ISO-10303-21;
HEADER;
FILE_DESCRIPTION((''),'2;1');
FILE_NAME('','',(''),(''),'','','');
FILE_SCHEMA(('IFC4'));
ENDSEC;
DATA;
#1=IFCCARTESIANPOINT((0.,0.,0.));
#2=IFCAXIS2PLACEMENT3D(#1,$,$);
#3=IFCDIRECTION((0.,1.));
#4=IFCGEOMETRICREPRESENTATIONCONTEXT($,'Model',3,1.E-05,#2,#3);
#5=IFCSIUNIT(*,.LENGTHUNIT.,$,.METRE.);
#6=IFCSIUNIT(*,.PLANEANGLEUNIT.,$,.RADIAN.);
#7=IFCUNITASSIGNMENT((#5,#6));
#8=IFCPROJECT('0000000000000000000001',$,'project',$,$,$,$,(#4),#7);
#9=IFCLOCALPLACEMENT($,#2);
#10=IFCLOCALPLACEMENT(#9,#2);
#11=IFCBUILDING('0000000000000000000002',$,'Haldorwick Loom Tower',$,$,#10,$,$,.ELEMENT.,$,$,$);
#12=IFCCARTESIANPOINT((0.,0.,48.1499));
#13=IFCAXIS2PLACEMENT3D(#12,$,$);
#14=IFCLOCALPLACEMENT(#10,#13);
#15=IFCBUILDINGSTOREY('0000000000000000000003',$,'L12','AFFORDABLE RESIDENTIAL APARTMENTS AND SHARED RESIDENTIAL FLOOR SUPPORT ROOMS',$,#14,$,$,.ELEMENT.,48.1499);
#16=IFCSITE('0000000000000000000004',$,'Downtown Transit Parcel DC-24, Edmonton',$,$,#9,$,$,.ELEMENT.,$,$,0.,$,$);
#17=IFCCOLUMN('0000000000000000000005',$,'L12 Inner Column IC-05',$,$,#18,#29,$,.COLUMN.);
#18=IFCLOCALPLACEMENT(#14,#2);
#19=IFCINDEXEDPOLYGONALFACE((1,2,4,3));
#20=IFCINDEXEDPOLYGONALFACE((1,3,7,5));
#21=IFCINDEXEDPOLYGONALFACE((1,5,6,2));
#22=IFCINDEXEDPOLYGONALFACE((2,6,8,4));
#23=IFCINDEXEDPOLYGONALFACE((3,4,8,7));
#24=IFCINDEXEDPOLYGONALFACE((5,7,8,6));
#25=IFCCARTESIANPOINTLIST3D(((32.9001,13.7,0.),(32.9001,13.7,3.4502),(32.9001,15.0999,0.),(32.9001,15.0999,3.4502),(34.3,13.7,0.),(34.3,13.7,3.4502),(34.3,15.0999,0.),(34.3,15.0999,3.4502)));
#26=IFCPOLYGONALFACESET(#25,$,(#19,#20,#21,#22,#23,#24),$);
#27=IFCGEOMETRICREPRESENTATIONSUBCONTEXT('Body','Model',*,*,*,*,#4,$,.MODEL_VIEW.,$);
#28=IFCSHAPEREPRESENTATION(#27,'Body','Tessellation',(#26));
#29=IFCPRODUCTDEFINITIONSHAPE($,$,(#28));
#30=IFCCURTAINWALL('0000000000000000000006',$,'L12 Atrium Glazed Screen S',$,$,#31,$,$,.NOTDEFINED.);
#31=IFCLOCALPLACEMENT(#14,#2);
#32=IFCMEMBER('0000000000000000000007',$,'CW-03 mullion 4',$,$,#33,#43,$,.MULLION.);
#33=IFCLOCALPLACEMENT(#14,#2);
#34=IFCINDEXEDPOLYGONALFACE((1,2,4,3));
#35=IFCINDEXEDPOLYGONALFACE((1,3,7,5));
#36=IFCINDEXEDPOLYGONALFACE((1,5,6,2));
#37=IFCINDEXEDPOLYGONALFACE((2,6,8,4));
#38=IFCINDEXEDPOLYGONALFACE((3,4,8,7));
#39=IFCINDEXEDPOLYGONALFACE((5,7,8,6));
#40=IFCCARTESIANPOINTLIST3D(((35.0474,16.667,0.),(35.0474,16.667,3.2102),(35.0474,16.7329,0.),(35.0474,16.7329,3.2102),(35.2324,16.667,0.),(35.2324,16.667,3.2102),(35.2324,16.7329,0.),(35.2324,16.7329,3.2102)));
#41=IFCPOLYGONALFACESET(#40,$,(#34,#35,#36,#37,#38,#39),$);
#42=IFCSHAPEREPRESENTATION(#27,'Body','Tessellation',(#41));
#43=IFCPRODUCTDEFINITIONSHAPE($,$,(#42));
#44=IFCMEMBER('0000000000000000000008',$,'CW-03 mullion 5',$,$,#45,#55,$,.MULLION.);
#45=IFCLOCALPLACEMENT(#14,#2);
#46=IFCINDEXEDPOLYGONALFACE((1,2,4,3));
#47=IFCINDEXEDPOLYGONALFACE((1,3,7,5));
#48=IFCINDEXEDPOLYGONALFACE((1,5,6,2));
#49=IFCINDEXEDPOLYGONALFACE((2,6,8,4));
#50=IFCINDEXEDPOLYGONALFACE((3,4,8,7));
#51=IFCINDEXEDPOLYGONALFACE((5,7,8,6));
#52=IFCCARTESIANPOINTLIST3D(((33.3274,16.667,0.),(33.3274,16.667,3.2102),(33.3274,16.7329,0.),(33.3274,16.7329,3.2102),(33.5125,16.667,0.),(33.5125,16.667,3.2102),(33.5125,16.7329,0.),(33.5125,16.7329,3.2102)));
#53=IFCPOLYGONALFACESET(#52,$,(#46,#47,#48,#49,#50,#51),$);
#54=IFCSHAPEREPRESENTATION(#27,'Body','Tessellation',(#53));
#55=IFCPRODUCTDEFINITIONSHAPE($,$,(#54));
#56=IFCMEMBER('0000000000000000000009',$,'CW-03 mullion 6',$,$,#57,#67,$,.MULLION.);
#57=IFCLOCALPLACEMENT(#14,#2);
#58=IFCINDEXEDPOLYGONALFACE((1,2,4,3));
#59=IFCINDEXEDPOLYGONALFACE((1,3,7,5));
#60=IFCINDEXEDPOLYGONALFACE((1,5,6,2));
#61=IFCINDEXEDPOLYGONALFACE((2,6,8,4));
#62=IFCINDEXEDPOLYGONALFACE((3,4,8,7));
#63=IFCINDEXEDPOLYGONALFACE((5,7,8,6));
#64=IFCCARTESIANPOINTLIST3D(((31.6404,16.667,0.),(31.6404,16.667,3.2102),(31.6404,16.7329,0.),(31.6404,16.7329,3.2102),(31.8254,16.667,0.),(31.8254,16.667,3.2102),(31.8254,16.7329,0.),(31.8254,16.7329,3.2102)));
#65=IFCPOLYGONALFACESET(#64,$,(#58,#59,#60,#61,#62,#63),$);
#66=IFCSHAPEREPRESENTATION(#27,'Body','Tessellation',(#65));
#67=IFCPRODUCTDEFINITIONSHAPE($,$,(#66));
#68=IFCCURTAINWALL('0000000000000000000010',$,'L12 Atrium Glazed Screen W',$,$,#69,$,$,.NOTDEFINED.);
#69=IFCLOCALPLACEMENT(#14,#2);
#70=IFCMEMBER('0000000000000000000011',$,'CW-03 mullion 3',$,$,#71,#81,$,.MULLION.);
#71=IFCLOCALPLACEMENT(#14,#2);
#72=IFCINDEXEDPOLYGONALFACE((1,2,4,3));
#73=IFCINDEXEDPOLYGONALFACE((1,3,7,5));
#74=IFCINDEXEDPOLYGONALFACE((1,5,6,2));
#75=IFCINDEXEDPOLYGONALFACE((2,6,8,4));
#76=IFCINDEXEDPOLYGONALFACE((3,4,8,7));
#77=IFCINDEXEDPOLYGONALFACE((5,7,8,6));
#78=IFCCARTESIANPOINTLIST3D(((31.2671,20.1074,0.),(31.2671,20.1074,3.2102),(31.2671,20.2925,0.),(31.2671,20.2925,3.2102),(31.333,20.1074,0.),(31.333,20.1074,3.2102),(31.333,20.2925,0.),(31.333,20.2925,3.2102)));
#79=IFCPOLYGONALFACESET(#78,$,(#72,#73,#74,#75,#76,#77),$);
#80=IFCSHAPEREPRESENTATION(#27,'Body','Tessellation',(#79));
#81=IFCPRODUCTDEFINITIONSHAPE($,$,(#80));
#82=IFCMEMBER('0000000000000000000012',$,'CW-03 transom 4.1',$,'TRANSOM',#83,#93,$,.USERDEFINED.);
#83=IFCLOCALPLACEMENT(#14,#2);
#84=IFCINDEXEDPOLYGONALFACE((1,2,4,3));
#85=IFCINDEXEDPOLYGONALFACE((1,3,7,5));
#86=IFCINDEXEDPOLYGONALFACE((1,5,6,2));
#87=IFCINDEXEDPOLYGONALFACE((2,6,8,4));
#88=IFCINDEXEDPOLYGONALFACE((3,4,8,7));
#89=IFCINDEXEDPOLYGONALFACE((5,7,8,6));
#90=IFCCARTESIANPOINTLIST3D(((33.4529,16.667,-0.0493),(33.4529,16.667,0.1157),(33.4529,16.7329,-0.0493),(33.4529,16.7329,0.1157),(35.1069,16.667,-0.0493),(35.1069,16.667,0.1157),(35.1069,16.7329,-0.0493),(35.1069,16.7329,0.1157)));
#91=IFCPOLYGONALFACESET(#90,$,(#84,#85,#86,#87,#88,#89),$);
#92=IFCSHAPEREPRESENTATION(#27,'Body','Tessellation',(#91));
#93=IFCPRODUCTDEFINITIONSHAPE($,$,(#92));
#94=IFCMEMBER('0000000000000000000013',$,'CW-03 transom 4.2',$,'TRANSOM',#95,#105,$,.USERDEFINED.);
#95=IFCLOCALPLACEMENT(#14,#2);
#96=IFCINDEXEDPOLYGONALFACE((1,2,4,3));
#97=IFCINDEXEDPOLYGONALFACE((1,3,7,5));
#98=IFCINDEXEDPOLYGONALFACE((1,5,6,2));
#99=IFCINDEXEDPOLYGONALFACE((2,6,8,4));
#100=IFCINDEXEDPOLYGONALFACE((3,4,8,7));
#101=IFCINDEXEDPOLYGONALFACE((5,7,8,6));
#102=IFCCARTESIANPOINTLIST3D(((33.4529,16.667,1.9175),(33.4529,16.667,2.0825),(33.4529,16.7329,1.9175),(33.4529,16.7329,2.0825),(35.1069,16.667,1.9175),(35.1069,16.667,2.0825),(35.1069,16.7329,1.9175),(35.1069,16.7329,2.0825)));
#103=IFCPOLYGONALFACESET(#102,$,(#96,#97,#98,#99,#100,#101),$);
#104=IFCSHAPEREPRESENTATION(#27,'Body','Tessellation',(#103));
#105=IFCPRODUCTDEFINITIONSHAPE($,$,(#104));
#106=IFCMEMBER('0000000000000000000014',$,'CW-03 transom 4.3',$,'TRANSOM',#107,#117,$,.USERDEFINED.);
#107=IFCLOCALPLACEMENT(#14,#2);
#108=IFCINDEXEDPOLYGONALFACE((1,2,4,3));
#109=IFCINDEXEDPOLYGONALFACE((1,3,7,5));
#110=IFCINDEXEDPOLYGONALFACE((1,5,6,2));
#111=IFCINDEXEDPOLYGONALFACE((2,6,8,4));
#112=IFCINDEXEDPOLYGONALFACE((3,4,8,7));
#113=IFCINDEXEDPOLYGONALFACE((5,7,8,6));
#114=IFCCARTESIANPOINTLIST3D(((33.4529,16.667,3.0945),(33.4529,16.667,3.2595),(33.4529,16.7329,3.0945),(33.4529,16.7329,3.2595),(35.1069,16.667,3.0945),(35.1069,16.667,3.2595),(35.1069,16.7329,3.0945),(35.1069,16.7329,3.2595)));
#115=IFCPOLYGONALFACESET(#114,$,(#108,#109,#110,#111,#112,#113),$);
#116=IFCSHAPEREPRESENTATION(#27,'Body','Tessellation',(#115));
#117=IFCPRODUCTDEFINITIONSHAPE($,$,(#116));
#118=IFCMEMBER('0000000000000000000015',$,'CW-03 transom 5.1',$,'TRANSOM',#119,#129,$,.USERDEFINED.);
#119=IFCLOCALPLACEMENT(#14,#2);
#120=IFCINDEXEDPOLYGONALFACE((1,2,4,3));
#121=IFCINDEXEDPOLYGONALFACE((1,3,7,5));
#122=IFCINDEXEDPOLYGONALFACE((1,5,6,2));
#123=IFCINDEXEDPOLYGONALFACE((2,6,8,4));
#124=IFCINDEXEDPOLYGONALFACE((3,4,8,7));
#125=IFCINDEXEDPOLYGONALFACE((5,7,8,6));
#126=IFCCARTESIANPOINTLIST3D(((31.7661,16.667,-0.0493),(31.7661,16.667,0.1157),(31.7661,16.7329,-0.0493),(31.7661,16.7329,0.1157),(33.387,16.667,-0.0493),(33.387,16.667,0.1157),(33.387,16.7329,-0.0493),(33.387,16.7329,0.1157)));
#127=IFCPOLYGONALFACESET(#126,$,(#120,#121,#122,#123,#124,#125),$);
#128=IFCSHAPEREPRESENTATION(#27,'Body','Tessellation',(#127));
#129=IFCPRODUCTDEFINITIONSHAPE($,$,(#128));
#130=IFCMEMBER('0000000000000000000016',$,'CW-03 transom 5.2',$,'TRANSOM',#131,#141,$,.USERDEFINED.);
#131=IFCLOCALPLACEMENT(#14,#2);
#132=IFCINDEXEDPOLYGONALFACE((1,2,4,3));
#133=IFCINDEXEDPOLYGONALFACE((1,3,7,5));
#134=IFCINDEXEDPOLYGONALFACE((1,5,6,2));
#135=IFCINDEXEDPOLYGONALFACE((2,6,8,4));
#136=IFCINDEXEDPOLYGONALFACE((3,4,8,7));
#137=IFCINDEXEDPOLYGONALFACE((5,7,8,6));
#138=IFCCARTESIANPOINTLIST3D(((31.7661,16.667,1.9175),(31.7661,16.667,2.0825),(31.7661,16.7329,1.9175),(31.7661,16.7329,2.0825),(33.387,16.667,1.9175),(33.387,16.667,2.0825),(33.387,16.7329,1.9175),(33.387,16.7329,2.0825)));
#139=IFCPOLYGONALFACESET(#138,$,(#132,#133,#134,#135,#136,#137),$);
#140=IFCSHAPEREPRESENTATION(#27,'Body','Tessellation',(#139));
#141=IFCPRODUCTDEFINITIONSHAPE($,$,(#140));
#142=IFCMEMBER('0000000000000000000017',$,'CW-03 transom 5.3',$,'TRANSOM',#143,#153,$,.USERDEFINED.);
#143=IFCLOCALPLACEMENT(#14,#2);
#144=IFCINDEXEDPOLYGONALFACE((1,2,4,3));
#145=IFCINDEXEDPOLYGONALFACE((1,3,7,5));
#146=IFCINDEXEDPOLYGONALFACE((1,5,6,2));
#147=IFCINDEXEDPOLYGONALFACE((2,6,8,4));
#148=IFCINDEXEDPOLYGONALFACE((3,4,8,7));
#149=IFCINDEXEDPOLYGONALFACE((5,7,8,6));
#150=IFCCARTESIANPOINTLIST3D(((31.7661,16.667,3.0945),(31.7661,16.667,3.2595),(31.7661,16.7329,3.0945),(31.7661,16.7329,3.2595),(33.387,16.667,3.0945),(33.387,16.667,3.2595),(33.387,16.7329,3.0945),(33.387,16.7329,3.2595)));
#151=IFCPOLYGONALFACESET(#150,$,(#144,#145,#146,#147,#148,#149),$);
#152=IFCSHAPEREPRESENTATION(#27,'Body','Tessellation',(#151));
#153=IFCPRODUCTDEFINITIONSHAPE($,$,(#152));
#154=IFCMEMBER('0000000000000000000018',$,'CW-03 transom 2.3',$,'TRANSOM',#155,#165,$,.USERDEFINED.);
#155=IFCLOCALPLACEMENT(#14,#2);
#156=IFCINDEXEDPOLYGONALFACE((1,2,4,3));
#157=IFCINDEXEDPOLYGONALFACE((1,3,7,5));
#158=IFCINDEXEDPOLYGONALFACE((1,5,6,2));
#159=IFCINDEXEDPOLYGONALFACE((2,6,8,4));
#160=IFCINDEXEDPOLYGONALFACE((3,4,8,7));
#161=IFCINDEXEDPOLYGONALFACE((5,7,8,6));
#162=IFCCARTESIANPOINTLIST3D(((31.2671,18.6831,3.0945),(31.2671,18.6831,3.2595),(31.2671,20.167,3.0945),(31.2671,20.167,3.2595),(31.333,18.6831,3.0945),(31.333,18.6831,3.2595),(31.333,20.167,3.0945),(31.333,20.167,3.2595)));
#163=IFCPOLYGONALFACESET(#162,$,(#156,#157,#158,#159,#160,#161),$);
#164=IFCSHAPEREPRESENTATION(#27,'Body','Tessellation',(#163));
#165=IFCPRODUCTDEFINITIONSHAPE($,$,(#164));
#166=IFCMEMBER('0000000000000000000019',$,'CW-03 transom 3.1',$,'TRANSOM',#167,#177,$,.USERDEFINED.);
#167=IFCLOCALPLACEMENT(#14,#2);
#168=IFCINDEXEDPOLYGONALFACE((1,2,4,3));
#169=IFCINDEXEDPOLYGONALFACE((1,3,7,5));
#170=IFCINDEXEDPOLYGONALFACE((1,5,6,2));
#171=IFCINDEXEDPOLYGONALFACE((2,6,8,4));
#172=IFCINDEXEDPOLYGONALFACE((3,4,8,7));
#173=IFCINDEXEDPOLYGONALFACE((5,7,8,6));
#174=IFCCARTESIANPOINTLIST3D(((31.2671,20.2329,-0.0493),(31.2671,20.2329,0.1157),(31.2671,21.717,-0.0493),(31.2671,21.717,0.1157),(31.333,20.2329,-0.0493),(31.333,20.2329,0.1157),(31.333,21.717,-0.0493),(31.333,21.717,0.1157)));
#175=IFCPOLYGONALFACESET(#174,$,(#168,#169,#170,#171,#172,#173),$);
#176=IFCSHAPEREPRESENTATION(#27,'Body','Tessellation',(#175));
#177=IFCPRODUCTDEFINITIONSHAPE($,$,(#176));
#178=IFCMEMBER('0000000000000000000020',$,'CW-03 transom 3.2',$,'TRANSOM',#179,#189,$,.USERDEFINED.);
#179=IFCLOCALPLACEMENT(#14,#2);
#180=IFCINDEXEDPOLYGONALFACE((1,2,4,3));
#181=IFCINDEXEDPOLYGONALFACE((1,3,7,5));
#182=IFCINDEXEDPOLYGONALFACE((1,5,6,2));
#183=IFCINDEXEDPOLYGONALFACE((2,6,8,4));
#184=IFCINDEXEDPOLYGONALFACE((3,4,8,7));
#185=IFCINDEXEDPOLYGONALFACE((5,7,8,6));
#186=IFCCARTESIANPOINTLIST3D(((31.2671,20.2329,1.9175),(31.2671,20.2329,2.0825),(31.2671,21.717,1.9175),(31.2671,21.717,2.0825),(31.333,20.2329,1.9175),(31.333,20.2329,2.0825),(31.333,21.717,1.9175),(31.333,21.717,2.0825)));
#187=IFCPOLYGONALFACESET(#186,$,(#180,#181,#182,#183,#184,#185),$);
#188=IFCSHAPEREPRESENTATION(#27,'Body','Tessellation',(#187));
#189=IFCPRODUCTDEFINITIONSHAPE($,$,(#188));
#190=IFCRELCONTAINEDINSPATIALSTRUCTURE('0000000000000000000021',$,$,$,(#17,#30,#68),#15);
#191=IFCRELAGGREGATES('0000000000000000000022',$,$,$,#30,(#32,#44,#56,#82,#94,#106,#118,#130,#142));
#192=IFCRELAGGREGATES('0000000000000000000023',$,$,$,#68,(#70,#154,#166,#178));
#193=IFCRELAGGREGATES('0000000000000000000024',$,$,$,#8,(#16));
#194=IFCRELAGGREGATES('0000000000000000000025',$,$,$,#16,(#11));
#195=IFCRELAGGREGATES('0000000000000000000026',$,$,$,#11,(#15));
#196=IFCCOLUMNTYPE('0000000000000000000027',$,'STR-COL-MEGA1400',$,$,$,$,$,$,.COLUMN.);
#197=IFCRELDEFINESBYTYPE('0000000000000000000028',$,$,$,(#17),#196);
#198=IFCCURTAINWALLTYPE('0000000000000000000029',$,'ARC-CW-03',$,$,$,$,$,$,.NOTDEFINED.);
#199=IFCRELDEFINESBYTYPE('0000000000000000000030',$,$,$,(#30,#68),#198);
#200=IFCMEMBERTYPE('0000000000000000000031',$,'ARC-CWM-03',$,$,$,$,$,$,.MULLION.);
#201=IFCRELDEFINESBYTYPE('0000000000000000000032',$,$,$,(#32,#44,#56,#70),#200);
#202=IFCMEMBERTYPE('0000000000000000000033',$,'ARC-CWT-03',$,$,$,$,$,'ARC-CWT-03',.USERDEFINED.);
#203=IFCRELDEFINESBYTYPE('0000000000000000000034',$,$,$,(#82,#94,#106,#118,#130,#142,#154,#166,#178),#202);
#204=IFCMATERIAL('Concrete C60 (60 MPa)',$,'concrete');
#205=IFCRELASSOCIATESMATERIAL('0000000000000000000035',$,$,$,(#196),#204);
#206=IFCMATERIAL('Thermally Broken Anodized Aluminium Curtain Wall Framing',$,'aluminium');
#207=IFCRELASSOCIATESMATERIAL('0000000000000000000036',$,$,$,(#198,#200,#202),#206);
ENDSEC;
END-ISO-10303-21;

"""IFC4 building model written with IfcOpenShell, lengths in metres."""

from ifc_helpers import new_model, si_unit, direction, frame, origin, origin_2d, place, context, subcontext, project, spatial, rectangle, extrude, material, material_profile, profile_set, type_object, element, aggregate, save


model = new_model("IFC4")

# Units and contexts
model_context = context("Model", 3, precision=1e-05, world=origin(), true_north=direction((0.0, 1.0)))
body_context = subcontext(model_context, "Body", "Model", "MODEL_VIEW")
ifc_project = project(units=[si_unit("LENGTHUNIT", "METRE"), si_unit("PLANEANGLEUNIT", "RADIAN")], contexts=[model_context])

# Site, building, storey
site_placement = place(None, origin())
site = spatial("IfcSite", under=ifc_project, at=site_placement, Name="Downtown Transit Parcel DC-24, Edmonton", CompositionType="ELEMENT", RefElevation=0.0)
building_placement = place(site_placement, origin())
building = spatial("IfcBuilding", under=site, at=building_placement, Name="Haldorwick Loom Tower", CompositionType="ELEMENT")
storey_placement = place(building_placement, frame((0.0, 0.0, 48.1499)))
storey = spatial("IfcBuildingStorey", under=building, at=storey_placement, Name="L12", Description="AFFORDABLE RESIDENTIAL APARTMENTS AND SHARED RESIDENTIAL FLOOR SUPPORT ROOMS", CompositionType="ELEMENT", Elevation=48.1499)

# Column
ifc_material_1 = material(Name="Concrete C60 (60 MPa)", Category="concrete")
ifc_material_profile_1 = material_profile(ifc_material_1, rectangle(XDim=1.3999, YDim=1.3999, at=origin_2d()), Name="RC1400X1400", Category="concrete")
ifc_profile_set_1 = profile_set([ifc_material_profile_1], Name="Concrete C60 (60 MPa)")
column_type = type_object("IfcColumnType", Name="STR-COL-MEGA1400", PredefinedType="COLUMN", material=ifc_profile_set_1)
column_placement = place(storey_placement, frame((33.6001, 14.3999, 0.0), z_axis=(0.0, 0.0, 1.0), x_axis=(1.0, 0.0, 0.0)))
element("IfcColumn", 1, at=column_placement, inside=storey, type_object=column_type, Name="L12 Inner Column IC-05", PredefinedType="COLUMN", context=body_context, shape_type="SweptSolid", body=[
    extrude(rectangle(XDim=1.3999, YDim=1.3999, at=origin_2d()), origin(), (0.0, 0.0, 1.0), 3.4502),
])

# Curtain wall, members
ifc_material_2 = material(Name="Thermally Broken Anodized Aluminium Curtain Wall Framing", Category="aluminium")
curtain_wall_type = type_object("IfcCurtainWallType", Name="ARC-CW-03", PredefinedType="NOTDEFINED", material=ifc_material_2)
curtain_wall_1_placement = place(storey_placement, origin())
curtain_wall_1 = element("IfcCurtainWall", 2, at=curtain_wall_1_placement, inside=storey, type_object=curtain_wall_type, Name="L12 Atrium Glazed Screen S", PredefinedType="NOTDEFINED")
ifc_material_profile_2 = material_profile(ifc_material_2, rectangle(XDim=0.0659, YDim=0.1851, at=origin_2d()), Name="ALU_MUL_66X185", Category="aluminium")
ifc_profile_set_2 = profile_set([ifc_material_profile_2], Name="Thermally Broken Anodized Aluminium Curtain Wall Framing")
member_type_1 = type_object("IfcMemberType", Name="ARC-CWM-03", PredefinedType="MULLION", material=ifc_profile_set_2)
member_1_placement = place(storey_placement, frame((35.1399, 16.7, 0.0), z_axis=(0.0, 0.0, 1.0), x_axis=(0.0, -1.0, 0.0)))
member_1 = element("IfcMember", 3, at=member_1_placement, type_object=member_type_1, Name="CW-03 mullion 4", PredefinedType="MULLION", context=body_context, shape_type="SweptSolid", body=[
    extrude(rectangle(XDim=0.0659, YDim=0.1851, at=origin_2d()), origin(), (0.0, 0.0, 1.0), 3.2102),
])
member_2_placement = place(storey_placement, frame((33.4199, 16.7, 0.0), z_axis=(0.0, 0.0, 1.0), x_axis=(0.0, -1.0, 0.0)))
member_2 = element("IfcMember", 4, at=member_2_placement, type_object=member_type_1, Name="CW-03 mullion 5", PredefinedType="MULLION", context=body_context, shape_type="SweptSolid", body=[
    extrude(rectangle(XDim=0.0659, YDim=0.1851, at=origin_2d()), origin(), (0.0, 0.0, 1.0), 3.2102),
])
member_3_placement = place(storey_placement, frame((31.7329, 16.7, 0.0), z_axis=(0.0, 0.0, 1.0), x_axis=(0.0, -1.0, 0.0)))
member_3 = element("IfcMember", 5, at=member_3_placement, type_object=member_type_1, Name="CW-03 mullion 6", PredefinedType="MULLION", context=body_context, shape_type="SweptSolid", body=[
    extrude(rectangle(XDim=0.0659, YDim=0.1851, at=origin_2d()), origin(), (0.0, 0.0, 1.0), 3.2102),
])

# Curtain wall, member
curtain_wall_2_placement = place(storey_placement, origin())
curtain_wall_2 = element("IfcCurtainWall", 6, at=curtain_wall_2_placement, inside=storey, type_object=curtain_wall_type, Name="L12 Atrium Glazed Screen W", PredefinedType="NOTDEFINED")
member_4_placement = place(storey_placement, frame((31.3, 20.2, 0.0), z_axis=(0.0, 0.0, 1.0), x_axis=(-1.0, 0.0, 0.0)))
member_4 = element("IfcMember", 7, at=member_4_placement, type_object=member_type_1, Name="CW-03 mullion 3", PredefinedType="MULLION", context=body_context, shape_type="SweptSolid", body=[
    extrude(rectangle(XDim=0.0659, YDim=0.1851, at=origin_2d()), origin(), (0.0, 0.0, 1.0), 3.2102),
])

# Members
ifc_material_profile_3 = material_profile(ifc_material_2, rectangle(XDim=0.0659, YDim=0.165, at=origin_2d()), Name="ALU_TRN_66X165", Category="aluminium")
ifc_profile_set_3 = profile_set([ifc_material_profile_3], Name="Thermally Broken Anodized Aluminium Curtain Wall Framing")
member_type_2 = type_object("IfcMemberType", Name="ARC-CWT-03", ElementType="ARC-CWT-03", PredefinedType="USERDEFINED", material=ifc_profile_set_3)
member_5_placement = place(storey_placement, frame((35.1069, 16.7, 0.0332), z_axis=(-1.0, 0.0, 0.0), x_axis=(0.0, -1.0, 0.0)))
member_5 = element("IfcMember", 8, at=member_5_placement, type_object=member_type_2, Name="CW-03 transom 4.1", ObjectType="TRANSOM", PredefinedType="USERDEFINED", context=body_context, shape_type="SweptSolid", body=[
    extrude(rectangle(XDim=0.0659, YDim=0.165, at=origin_2d()), origin(), (0.0, 0.0, 1.0), 1.6541),
])
member_6_placement = place(storey_placement, frame((35.1069, 16.7, 2.0), z_axis=(-1.0, 0.0, 0.0), x_axis=(0.0, -1.0, 0.0)))
member_6 = element("IfcMember", 9, at=member_6_placement, type_object=member_type_2, Name="CW-03 transom 4.2", ObjectType="TRANSOM", PredefinedType="USERDEFINED", context=body_context, shape_type="SweptSolid", body=[
    extrude(rectangle(XDim=0.0659, YDim=0.165, at=origin_2d()), origin(), (0.0, 0.0, 1.0), 1.6541),
])
member_7_placement = place(storey_placement, frame((35.1069, 16.7, 3.177), z_axis=(-1.0, 0.0, 0.0), x_axis=(0.0, -1.0, 0.0)))
member_7 = element("IfcMember", 10, at=member_7_placement, type_object=member_type_2, Name="CW-03 transom 4.3", ObjectType="TRANSOM", PredefinedType="USERDEFINED", context=body_context, shape_type="SweptSolid", body=[
    extrude(rectangle(XDim=0.0659, YDim=0.165, at=origin_2d()), origin(), (0.0, 0.0, 1.0), 1.6541),
])
member_8_placement = place(storey_placement, frame((33.387, 16.7, 0.0332), z_axis=(-1.0, 0.0, 0.0), x_axis=(0.0, -1.0, 0.0)))
member_8 = element("IfcMember", 11, at=member_8_placement, type_object=member_type_2, Name="CW-03 transom 5.1", ObjectType="TRANSOM", PredefinedType="USERDEFINED", context=body_context, shape_type="SweptSolid", body=[
    extrude(rectangle(XDim=0.0659, YDim=0.165, at=origin_2d()), origin(), (0.0, 0.0, 1.0), 1.6208),
])
member_9_placement = place(storey_placement, frame((33.387, 16.7, 2.0), z_axis=(-1.0, 0.0, 0.0), x_axis=(0.0, -1.0, 0.0)))
member_9 = element("IfcMember", 12, at=member_9_placement, type_object=member_type_2, Name="CW-03 transom 5.2", ObjectType="TRANSOM", PredefinedType="USERDEFINED", context=body_context, shape_type="SweptSolid", body=[
    extrude(rectangle(XDim=0.0659, YDim=0.165, at=origin_2d()), origin(), (0.0, 0.0, 1.0), 1.6208),
])
member_10_placement = place(storey_placement, frame((33.387, 16.7, 3.177), z_axis=(-1.0, 0.0, 0.0), x_axis=(0.0, -1.0, 0.0)))
member_10 = element("IfcMember", 13, at=member_10_placement, type_object=member_type_2, Name="CW-03 transom 5.3", ObjectType="TRANSOM", PredefinedType="USERDEFINED", context=body_context, shape_type="SweptSolid", body=[
    extrude(rectangle(XDim=0.0659, YDim=0.165, at=origin_2d()), origin(), (0.0, 0.0, 1.0), 1.6208),
])
member_11_placement = place(storey_placement, frame((31.3, 18.6831, 3.177), z_axis=(0.0, 1.0, 0.0), x_axis=(-1.0, 0.0, 0.0)))
member_11 = element("IfcMember", 14, at=member_11_placement, type_object=member_type_2, Name="CW-03 transom 2.3", ObjectType="TRANSOM", PredefinedType="USERDEFINED", context=body_context, shape_type="SweptSolid", body=[
    extrude(rectangle(XDim=0.0659, YDim=0.165, at=origin_2d()), origin(), (0.0, 0.0, 1.0), 1.4839),
])
member_12_placement = place(storey_placement, frame((31.3, 20.2329, 0.0332), z_axis=(0.0, 1.0, 0.0), x_axis=(-1.0, 0.0, 0.0)))
member_12 = element("IfcMember", 15, at=member_12_placement, type_object=member_type_2, Name="CW-03 transom 3.1", ObjectType="TRANSOM", PredefinedType="USERDEFINED", context=body_context, shape_type="SweptSolid", body=[
    extrude(rectangle(XDim=0.0659, YDim=0.165, at=origin_2d()), origin(), (0.0, 0.0, 1.0), 1.4841),
])
member_13_placement = place(storey_placement, frame((31.3, 20.2329, 2.0), z_axis=(0.0, 1.0, 0.0), x_axis=(-1.0, 0.0, 0.0)))
member_13 = element("IfcMember", 16, at=member_13_placement, type_object=member_type_2, Name="CW-03 transom 3.2", ObjectType="TRANSOM", PredefinedType="USERDEFINED", context=body_context, shape_type="SweptSolid", body=[
    extrude(rectangle(XDim=0.0659, YDim=0.165, at=origin_2d()), origin(), (0.0, 0.0, 1.0), 1.4841),
])

aggregate(curtain_wall_1, [member_1, member_2, member_3, member_5, member_6, member_7, member_8, member_9, member_10])
aggregate(curtain_wall_2, [member_4, member_11, member_12, member_13])

save(model, "model.ifc")
